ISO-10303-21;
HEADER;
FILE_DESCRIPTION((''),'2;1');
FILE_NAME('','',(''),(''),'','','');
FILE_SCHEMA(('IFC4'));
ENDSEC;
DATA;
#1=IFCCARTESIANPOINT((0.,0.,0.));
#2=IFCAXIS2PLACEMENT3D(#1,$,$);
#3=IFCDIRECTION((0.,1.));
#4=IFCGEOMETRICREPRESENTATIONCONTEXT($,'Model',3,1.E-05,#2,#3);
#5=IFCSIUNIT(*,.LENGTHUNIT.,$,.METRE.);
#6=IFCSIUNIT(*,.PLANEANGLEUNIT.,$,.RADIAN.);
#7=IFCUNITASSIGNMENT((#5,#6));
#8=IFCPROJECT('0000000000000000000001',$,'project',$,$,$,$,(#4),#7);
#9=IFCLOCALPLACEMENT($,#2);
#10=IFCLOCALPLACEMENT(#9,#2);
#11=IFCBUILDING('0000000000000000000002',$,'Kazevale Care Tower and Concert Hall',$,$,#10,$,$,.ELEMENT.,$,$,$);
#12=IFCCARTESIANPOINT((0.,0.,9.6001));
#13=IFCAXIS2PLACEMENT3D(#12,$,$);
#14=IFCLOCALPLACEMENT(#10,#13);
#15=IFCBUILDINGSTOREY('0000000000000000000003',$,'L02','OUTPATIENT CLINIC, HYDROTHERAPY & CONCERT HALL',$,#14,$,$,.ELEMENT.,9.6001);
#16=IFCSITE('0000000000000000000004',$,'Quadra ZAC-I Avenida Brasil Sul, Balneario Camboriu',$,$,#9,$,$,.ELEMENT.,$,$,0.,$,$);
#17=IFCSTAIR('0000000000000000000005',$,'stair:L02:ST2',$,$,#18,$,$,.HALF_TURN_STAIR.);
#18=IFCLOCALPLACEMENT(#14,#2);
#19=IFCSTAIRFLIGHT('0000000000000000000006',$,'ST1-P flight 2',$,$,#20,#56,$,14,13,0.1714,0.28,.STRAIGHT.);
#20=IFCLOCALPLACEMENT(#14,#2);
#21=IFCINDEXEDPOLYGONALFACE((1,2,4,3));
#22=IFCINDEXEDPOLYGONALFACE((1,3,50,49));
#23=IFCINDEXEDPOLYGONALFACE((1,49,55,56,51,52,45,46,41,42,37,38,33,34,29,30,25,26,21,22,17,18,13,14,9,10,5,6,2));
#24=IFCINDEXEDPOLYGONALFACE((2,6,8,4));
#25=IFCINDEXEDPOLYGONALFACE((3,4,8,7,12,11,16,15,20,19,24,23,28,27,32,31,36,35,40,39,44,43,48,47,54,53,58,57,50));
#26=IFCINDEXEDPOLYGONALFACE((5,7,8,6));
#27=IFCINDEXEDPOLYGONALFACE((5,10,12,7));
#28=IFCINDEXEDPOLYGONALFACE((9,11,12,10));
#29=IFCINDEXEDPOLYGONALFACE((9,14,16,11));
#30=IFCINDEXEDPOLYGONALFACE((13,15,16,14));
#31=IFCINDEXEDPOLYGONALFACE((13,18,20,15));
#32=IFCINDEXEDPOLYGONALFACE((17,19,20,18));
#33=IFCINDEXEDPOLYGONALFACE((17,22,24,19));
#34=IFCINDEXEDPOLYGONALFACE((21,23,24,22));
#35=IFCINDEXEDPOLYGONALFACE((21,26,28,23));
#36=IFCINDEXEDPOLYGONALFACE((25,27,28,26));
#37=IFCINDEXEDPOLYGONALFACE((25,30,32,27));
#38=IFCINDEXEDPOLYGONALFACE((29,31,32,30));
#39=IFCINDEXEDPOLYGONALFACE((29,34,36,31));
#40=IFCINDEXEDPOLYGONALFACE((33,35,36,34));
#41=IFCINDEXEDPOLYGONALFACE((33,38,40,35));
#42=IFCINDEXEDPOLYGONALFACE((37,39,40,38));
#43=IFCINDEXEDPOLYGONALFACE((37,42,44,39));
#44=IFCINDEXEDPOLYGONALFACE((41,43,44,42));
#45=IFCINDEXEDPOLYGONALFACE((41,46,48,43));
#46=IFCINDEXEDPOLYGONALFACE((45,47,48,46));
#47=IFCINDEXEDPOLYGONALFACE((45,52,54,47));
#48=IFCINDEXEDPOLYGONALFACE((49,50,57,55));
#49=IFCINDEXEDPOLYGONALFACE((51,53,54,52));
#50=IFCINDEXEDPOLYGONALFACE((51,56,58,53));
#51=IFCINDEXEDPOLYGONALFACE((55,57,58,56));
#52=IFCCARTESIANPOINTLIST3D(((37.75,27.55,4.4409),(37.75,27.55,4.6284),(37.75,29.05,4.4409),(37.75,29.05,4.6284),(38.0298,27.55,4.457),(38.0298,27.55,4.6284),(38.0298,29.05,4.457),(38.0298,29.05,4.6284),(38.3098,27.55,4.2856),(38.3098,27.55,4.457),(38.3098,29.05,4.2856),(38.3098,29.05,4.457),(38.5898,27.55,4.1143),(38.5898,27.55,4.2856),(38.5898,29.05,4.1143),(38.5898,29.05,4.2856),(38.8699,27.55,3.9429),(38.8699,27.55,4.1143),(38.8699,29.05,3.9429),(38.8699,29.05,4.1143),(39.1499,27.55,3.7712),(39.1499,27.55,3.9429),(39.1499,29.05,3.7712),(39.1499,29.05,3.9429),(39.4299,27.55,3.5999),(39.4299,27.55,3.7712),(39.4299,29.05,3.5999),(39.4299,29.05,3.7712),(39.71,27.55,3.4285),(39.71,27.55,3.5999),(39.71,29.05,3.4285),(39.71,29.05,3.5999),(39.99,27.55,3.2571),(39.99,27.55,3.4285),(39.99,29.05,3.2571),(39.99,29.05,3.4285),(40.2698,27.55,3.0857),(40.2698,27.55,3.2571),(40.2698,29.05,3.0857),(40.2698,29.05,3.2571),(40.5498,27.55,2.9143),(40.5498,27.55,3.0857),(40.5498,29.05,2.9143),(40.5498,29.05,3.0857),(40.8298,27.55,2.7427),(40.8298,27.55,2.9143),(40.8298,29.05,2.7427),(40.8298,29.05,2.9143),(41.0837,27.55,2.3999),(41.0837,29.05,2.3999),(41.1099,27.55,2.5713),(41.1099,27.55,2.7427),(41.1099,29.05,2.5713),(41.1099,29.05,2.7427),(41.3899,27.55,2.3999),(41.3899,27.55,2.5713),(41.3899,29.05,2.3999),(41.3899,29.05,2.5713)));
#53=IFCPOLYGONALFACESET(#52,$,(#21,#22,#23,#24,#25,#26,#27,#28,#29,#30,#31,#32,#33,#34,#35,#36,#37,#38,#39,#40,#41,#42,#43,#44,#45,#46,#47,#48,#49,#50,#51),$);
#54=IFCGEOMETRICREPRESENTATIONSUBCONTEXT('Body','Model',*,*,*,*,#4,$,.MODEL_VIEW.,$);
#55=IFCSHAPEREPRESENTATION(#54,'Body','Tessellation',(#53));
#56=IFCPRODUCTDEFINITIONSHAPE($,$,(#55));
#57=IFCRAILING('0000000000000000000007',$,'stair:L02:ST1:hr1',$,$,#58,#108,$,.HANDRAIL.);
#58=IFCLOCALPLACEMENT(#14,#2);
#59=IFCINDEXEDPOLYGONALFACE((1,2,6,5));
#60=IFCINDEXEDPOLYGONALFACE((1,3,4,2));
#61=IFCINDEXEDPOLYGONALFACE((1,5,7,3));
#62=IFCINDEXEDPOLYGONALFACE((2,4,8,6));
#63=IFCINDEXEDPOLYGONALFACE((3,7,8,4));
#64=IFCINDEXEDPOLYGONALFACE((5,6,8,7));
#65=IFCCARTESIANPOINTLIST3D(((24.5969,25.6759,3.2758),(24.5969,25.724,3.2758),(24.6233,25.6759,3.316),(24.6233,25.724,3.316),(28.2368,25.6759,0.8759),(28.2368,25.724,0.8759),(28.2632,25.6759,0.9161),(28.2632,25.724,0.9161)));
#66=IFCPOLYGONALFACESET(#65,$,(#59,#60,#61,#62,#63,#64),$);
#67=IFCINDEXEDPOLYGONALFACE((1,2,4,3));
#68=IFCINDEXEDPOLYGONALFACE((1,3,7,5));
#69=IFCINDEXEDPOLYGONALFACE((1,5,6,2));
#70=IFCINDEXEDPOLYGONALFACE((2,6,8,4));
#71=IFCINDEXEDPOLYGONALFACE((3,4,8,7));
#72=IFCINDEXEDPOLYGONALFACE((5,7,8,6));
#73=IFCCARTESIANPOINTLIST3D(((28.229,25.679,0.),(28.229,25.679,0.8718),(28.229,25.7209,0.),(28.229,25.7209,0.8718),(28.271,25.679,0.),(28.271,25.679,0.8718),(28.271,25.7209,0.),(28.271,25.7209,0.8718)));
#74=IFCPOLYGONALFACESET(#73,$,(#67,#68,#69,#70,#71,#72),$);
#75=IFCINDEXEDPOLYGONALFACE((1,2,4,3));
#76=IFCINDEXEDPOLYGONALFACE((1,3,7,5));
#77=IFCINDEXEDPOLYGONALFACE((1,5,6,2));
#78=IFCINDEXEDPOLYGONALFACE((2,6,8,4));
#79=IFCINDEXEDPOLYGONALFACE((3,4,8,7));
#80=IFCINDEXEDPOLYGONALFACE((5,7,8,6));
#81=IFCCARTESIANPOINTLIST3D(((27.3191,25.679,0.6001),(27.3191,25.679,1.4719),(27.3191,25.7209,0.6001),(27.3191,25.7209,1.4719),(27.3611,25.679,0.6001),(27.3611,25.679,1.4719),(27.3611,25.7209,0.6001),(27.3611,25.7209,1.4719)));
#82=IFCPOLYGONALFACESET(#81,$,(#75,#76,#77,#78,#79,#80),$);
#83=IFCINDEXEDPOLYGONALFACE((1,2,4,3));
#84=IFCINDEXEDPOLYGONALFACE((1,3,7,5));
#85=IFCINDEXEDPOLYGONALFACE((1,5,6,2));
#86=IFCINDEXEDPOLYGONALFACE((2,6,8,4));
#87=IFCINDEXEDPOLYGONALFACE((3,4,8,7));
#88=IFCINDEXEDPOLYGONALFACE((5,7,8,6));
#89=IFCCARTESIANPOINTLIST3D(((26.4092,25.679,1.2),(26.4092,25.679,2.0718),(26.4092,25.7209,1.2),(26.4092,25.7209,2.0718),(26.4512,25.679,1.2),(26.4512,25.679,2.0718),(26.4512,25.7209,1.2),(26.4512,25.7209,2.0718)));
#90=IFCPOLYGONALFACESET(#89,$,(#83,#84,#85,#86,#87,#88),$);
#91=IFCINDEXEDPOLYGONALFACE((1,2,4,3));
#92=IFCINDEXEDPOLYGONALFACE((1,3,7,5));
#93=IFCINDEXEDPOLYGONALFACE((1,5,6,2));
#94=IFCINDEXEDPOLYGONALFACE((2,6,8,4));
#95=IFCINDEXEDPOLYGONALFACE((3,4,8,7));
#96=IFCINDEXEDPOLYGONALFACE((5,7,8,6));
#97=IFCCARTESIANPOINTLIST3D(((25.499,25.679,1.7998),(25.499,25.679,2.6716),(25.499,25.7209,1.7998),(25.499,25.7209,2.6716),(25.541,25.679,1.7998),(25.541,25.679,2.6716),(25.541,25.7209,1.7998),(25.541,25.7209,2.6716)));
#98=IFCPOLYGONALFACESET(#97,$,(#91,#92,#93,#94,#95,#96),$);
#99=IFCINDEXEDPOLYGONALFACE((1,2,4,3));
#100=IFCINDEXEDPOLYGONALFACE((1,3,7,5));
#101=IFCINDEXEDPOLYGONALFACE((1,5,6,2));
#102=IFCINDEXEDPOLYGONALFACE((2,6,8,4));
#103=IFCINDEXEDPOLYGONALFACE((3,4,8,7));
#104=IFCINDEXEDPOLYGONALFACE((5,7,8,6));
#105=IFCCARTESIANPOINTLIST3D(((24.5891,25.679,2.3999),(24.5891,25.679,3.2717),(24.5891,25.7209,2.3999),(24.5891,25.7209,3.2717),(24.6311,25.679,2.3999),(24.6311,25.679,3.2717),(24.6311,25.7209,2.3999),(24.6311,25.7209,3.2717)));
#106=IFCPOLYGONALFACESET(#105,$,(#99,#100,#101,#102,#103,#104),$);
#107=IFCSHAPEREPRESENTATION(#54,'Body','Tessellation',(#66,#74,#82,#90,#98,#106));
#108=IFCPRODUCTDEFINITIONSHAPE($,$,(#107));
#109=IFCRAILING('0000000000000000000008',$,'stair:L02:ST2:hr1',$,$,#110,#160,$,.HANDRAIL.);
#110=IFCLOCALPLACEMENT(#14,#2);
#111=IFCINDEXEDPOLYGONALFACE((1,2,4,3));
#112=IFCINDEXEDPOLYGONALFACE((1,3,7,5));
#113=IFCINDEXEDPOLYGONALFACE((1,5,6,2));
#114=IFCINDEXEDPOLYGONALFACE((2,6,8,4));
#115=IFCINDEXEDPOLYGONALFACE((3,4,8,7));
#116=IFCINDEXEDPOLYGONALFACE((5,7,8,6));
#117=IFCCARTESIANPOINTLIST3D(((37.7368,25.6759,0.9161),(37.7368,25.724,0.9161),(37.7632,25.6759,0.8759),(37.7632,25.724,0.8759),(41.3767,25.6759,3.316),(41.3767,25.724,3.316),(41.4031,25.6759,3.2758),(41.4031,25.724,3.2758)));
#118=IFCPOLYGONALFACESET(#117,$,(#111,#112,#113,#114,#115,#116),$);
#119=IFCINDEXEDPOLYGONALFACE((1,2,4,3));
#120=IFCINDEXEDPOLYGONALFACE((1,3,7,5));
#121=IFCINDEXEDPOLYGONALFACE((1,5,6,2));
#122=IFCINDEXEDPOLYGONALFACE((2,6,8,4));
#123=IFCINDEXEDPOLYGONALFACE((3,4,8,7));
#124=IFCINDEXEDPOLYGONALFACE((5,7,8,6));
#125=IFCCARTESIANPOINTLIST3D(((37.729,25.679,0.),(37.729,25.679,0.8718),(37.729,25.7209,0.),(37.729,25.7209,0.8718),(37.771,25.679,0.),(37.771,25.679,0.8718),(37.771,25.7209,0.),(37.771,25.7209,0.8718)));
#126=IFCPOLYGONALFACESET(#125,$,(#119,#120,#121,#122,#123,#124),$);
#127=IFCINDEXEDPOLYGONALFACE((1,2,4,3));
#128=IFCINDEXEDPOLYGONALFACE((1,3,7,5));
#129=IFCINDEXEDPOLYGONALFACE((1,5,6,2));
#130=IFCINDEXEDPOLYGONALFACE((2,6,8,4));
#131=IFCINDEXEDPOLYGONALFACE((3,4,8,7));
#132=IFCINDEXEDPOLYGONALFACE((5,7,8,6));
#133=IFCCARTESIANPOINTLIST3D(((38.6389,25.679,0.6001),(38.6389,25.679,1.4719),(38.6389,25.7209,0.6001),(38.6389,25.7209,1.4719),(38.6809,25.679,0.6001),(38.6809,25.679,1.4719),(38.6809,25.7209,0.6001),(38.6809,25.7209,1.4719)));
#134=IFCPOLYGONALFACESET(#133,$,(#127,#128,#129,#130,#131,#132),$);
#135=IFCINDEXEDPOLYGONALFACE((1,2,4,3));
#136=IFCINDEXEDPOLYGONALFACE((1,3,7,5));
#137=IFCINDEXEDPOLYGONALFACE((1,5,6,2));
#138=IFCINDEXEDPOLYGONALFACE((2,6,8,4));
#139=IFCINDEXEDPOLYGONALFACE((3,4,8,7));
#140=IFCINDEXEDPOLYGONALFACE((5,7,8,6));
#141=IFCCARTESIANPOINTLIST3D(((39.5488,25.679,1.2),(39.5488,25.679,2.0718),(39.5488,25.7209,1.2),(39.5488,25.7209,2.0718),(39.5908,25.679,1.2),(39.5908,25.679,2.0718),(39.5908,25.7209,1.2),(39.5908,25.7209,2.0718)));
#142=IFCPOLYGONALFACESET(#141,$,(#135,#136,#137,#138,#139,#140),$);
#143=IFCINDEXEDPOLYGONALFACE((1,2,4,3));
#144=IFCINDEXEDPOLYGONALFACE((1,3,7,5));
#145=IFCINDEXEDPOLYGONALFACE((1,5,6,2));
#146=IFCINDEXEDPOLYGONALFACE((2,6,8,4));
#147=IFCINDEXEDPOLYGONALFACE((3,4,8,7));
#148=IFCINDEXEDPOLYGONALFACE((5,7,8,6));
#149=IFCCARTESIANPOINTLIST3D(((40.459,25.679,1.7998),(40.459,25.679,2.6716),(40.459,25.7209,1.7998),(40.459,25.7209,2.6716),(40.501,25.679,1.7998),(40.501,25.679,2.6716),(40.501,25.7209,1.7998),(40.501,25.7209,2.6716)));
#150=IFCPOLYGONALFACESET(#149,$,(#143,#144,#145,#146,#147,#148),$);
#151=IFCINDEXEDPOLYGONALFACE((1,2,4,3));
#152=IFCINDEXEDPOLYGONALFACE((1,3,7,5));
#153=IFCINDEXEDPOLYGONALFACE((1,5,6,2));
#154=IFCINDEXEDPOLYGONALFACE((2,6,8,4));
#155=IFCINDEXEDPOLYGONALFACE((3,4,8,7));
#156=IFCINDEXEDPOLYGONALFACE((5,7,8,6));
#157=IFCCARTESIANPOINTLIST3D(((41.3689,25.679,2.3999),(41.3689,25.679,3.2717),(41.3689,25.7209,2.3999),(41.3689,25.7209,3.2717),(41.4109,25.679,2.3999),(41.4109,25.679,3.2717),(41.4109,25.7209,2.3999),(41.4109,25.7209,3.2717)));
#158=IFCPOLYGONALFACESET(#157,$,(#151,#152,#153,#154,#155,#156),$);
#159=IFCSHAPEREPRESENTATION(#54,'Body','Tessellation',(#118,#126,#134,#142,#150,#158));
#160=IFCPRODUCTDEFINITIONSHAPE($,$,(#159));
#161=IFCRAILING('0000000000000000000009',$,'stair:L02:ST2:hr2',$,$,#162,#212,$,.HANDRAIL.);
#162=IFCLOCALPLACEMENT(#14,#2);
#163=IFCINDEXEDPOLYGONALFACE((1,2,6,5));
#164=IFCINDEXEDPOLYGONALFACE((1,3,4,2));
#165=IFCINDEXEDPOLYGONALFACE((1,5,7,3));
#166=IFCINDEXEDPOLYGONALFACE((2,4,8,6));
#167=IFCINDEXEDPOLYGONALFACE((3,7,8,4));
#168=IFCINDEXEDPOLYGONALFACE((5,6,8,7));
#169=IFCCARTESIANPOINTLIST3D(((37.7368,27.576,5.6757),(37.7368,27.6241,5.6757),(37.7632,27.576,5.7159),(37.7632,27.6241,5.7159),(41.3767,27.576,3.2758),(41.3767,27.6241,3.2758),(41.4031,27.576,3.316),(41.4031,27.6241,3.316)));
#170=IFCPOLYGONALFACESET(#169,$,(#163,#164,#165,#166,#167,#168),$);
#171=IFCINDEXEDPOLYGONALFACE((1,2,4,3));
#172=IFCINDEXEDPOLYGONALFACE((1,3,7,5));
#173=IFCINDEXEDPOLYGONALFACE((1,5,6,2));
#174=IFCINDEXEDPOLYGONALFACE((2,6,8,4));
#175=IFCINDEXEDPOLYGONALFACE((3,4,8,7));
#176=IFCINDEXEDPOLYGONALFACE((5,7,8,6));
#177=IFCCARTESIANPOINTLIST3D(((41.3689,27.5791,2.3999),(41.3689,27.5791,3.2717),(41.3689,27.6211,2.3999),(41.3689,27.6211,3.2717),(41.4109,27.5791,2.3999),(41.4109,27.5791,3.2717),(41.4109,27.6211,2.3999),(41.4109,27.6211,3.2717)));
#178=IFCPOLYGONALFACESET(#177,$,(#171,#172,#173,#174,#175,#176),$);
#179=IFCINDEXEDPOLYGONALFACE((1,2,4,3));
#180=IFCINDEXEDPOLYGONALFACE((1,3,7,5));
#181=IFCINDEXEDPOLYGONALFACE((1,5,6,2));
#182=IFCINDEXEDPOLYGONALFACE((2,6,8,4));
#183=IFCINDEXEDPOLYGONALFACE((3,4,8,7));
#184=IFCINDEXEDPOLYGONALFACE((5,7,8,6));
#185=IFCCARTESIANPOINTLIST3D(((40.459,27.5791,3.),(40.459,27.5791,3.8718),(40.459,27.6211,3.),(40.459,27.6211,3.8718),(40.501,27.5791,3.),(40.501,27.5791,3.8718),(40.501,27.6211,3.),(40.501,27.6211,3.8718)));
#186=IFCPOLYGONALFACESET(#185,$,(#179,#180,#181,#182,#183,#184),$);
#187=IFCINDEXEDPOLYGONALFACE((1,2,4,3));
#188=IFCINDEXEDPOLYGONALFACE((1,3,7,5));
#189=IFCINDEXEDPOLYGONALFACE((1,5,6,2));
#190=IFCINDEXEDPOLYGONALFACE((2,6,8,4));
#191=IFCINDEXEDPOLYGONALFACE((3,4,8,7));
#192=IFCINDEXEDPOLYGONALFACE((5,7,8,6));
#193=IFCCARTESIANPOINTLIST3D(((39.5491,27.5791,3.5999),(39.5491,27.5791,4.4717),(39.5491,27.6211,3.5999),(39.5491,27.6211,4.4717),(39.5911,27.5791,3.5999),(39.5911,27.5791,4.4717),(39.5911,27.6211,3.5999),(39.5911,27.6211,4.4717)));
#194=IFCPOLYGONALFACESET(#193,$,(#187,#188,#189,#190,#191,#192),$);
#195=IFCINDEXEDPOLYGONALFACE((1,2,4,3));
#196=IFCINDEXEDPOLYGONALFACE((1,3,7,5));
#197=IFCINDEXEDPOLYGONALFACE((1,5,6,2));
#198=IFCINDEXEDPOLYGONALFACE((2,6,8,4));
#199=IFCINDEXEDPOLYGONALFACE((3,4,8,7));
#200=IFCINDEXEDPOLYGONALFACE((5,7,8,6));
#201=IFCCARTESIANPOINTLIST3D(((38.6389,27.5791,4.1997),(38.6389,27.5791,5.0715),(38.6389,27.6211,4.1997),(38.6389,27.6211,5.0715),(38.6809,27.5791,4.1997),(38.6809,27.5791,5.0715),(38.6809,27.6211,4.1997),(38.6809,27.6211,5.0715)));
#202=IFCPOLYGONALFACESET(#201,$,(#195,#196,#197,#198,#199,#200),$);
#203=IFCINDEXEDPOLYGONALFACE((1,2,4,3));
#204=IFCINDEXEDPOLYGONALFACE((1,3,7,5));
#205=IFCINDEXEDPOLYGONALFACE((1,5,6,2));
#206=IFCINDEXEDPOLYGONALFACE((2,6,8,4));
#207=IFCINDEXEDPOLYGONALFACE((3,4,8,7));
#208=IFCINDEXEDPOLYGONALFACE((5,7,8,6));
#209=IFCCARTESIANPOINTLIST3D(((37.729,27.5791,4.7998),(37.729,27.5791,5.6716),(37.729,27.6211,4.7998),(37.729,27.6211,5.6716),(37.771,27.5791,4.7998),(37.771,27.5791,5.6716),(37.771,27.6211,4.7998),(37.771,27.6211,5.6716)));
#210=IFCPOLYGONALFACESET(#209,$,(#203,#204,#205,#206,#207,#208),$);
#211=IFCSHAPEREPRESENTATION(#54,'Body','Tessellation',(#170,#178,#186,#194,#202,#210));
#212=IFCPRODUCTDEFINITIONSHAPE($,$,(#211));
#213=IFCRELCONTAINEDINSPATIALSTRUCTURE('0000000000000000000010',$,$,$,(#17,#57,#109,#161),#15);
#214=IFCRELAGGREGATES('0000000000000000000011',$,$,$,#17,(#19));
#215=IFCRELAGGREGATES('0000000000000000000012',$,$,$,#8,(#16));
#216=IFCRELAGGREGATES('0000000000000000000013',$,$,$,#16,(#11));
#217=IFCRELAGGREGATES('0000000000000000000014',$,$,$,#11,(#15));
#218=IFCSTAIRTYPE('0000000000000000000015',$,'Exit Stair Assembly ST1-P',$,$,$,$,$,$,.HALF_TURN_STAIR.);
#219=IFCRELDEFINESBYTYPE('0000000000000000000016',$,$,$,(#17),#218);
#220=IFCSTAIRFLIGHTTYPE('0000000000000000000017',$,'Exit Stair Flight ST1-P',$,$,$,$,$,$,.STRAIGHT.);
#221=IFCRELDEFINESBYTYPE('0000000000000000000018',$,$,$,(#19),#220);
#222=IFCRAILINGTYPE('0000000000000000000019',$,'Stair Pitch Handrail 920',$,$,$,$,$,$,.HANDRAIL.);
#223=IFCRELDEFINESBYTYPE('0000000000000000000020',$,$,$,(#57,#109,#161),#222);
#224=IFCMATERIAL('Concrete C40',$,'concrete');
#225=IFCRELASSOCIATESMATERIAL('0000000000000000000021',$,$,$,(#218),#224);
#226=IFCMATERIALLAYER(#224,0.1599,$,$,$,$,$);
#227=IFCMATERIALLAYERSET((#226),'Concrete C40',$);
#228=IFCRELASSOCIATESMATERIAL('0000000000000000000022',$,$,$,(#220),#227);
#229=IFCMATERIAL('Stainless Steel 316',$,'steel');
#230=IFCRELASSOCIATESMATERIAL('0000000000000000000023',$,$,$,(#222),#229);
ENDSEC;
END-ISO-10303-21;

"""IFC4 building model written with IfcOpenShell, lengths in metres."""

from ifc_helpers import new_model, si_unit, direction, frame, origin, origin_2d, place, context, subcontext, project, spatial, polyline, rectangle, outline, extrude, material, layer, layer_set, type_object, element, aggregate, save


model = new_model("IFC4")

# Units and contexts
model_context = context("Model", 3, precision=1e-05, world=origin(), true_north=direction((0.0, 1.0)))
body_context = subcontext(model_context, "Body", "Model", "MODEL_VIEW")
ifc_project = project(units=[si_unit("LENGTHUNIT", "METRE"), si_unit("PLANEANGLEUNIT", "RADIAN")], contexts=[model_context])

# Site, building, storey
site_placement = place(None, origin())
site = spatial("IfcSite", under=ifc_project, at=site_placement, Name="Quadra ZAC-I Avenida Brasil Sul, Balneario Camboriu", CompositionType="ELEMENT", RefElevation=0.0)
building_placement = place(site_placement, origin())
building = spatial("IfcBuilding", under=site, at=building_placement, Name="Kazevale Care Tower and Concert Hall", CompositionType="ELEMENT")
storey_placement = place(building_placement, frame((0.0, 0.0, 9.6001)))
storey = spatial("IfcBuildingStorey", under=building, at=storey_placement, Name="L02", Description="OUTPATIENT CLINIC, HYDROTHERAPY & CONCERT HALL", CompositionType="ELEMENT", Elevation=9.6001)

# Shared definitions
ifc_material_1 = material(Name="Concrete C40", Category="concrete")
ifc_material_2 = material(Name="Stainless Steel 316", Category="steel")

# Stair, stair flight
stair_type = type_object("IfcStairType", Name="Exit Stair Assembly ST1-P", PredefinedType="HALF_TURN_STAIR", material=ifc_material_1)
stair_placement = place(storey_placement, origin())
stair = element("IfcStair", 1, at=stair_placement, inside=storey, type_object=stair_type, Name="stair:L02:ST2", PredefinedType="HALF_TURN_STAIR")
ifc_layer_1 = layer(ifc_material_1, 0.1599)
ifc_layer_set_1 = layer_set([ifc_layer_1], Name="Concrete C40")
stair_flight_type = type_object("IfcStairFlightType", Name="Exit Stair Flight ST1-P", PredefinedType="STRAIGHT", material=ifc_layer_set_1)
stair_flight_1_placement = place(storey_placement, frame((41.3899, 28.3, 2.3999), z_axis=(0.0, 0.0, 1.0), x_axis=(-1.0, 0.0, 0.0)))
stair_flight_1 = element("IfcStairFlight", 2, at=stair_flight_1_placement, type_object=stair_flight_type, Name="ST1-P flight 2", NumberOfRisers=14, NumberOfTreads=13, PredefinedType="STRAIGHT", RiserHeight=0.1714, TreadLength=0.28, context=body_context, shape_type="SweptSolid", body=[
    extrude(outline(polyline([(0.0, 0.0), (0.0, 0.1714), (0.28, 0.1714), (0.28, 0.3428), (0.5601, 0.3428), (0.5601, 0.5144), (0.8401, 0.5144), (0.8401, 0.6858), (1.1201, 0.6858), (1.1201, 0.8572), (1.3999, 0.8572), (1.3999, 1.0286), (1.6799, 1.0286), (1.6799, 1.2), (1.96, 1.2), (1.96, 1.3713), (2.24, 1.3713), (2.24, 1.543), (2.52, 1.543), (2.52, 1.7144), (2.8, 1.7144), (2.8, 1.8857), (3.0801, 1.8857), (3.0801, 2.0571), (3.3601, 2.0571), (3.3601, 2.2285), (3.6399, 2.2285), (3.6399, 2.3999), (3.6399, 2.041), (0.3062, 0.0), (0.0, 0.0)])), frame((0.0, 0.75, 0.0), z_axis=(0.0, -1.0, 0.0), x_axis=(1.0, 0.0, 0.0)), (0.0, 0.0, 1.0), 1.5),
])
aggregate(stair, [stair_flight_1])

# Railings
railing_type_1 = type_object("IfcRailingType", Name="Stair Pitch Handrail 920", PredefinedType="HANDRAIL", material=ifc_material_2)
railing_1_placement = place(storey_placement, frame((28.25, 25.7, 0.0)))
element("IfcRailing", 3, at=railing_1_placement, inside=storey, type_object=railing_type_1, Name="stair:L02:ST1:hr1", PredefinedType="HANDRAIL", context=body_context, shape_type="SweptSolid", body=[
    extrude(rectangle(XDim=0.0481, YDim=0.0481, at=origin_2d()), frame((0.0, 0.0, 0.896), z_axis=(-0.834865, 0.0, 0.550454), x_axis=(0.0, -1.0, 0.0)), (0.0, 0.0, 1.0), 4.3599),
    extrude(rectangle(XDim=0.042, YDim=0.042, at=origin_2d()), origin(), (0.0, 0.0, 1.0), 0.8718),
    extrude(rectangle(XDim=0.042, YDim=0.042, at=origin_2d()), frame((-0.9099, 0.0, 0.6001)), (0.0, 0.0, 1.0), 0.8718),
    extrude(rectangle(XDim=0.042, YDim=0.042, at=origin_2d()), frame((-1.8198, 0.0, 1.2)), (0.0, 0.0, 1.0), 0.8718),
    extrude(rectangle(XDim=0.042, YDim=0.042, at=origin_2d()), frame((-2.73, 0.0, 1.7998)), (0.0, 0.0, 1.0), 0.8718),
    extrude(rectangle(XDim=0.042, YDim=0.042, at=origin_2d()), frame((-3.6399, 0.0, 2.3999)), (0.0, 0.0, 1.0), 0.8718),
])
railing_2_placement = place(storey_placement, frame((37.75, 25.7, 0.0)))
element("IfcRailing", 4, at=railing_2_placement, inside=storey, type_object=railing_type_1, Name="stair:L02:ST2:hr1", PredefinedType="HANDRAIL", context=body_context, shape_type="SweptSolid", body=[
    extrude(rectangle(XDim=0.0481, YDim=0.0481, at=origin_2d()), frame((0.0, 0.0, 0.896), z_axis=(0.834865, 0.0, 0.550454), x_axis=(0.0, 1.0, 0.0)), (0.0, 0.0, 1.0), 4.3599),
    extrude(rectangle(XDim=0.042, YDim=0.042, at=origin_2d()), origin(), (0.0, 0.0, 1.0), 0.8718),
    extrude(rectangle(XDim=0.042, YDim=0.042, at=origin_2d()), frame((0.9099, 0.0, 0.6001)), (0.0, 0.0, 1.0), 0.8718),
    extrude(rectangle(XDim=0.042, YDim=0.042, at=origin_2d()), frame((1.8198, 0.0, 1.2)), (0.0, 0.0, 1.0), 0.8718),
    extrude(rectangle(XDim=0.042, YDim=0.042, at=origin_2d()), frame((2.73, 0.0, 1.7998)), (0.0, 0.0, 1.0), 0.8718),
    extrude(rectangle(XDim=0.042, YDim=0.042, at=origin_2d()), frame((3.6399, 0.0, 2.3999)), (0.0, 0.0, 1.0), 0.8718),
])
railing_3_placement = place(storey_placement, frame((41.3899, 27.6001, 2.3999)))
element("IfcRailing", 5, at=railing_3_placement, inside=storey, type_object=railing_type_1, Name="stair:L02:ST2:hr2", PredefinedType="HANDRAIL", context=body_context, shape_type="SweptSolid", body=[
    extrude(rectangle(XDim=0.0481, YDim=0.0481, at=origin_2d()), frame((0.0, 0.0, 0.896), z_axis=(-0.834865, 0.0, 0.550454), x_axis=(0.0, -1.0, 0.0)), (0.0, 0.0, 1.0), 4.3599),
    extrude(rectangle(XDim=0.042, YDim=0.042, at=origin_2d()), origin(), (0.0, 0.0, 1.0), 0.8718),
    extrude(rectangle(XDim=0.042, YDim=0.042, at=origin_2d()), frame((-0.9099, 0.0, 0.6001)), (0.0, 0.0, 1.0), 0.8718),
    extrude(rectangle(XDim=0.042, YDim=0.042, at=origin_2d()), frame((-1.8198, 0.0, 1.2)), (0.0, 0.0, 1.0), 0.8718),
    extrude(rectangle(XDim=0.042, YDim=0.042, at=origin_2d()), frame((-2.73, 0.0, 1.7998)), (0.0, 0.0, 1.0), 0.8718),
    extrude(rectangle(XDim=0.042, YDim=0.042, at=origin_2d()), frame((-3.6399, 0.0, 2.3999)), (0.0, 0.0, 1.0), 0.8718),
])

save(model, "model.ifc")
